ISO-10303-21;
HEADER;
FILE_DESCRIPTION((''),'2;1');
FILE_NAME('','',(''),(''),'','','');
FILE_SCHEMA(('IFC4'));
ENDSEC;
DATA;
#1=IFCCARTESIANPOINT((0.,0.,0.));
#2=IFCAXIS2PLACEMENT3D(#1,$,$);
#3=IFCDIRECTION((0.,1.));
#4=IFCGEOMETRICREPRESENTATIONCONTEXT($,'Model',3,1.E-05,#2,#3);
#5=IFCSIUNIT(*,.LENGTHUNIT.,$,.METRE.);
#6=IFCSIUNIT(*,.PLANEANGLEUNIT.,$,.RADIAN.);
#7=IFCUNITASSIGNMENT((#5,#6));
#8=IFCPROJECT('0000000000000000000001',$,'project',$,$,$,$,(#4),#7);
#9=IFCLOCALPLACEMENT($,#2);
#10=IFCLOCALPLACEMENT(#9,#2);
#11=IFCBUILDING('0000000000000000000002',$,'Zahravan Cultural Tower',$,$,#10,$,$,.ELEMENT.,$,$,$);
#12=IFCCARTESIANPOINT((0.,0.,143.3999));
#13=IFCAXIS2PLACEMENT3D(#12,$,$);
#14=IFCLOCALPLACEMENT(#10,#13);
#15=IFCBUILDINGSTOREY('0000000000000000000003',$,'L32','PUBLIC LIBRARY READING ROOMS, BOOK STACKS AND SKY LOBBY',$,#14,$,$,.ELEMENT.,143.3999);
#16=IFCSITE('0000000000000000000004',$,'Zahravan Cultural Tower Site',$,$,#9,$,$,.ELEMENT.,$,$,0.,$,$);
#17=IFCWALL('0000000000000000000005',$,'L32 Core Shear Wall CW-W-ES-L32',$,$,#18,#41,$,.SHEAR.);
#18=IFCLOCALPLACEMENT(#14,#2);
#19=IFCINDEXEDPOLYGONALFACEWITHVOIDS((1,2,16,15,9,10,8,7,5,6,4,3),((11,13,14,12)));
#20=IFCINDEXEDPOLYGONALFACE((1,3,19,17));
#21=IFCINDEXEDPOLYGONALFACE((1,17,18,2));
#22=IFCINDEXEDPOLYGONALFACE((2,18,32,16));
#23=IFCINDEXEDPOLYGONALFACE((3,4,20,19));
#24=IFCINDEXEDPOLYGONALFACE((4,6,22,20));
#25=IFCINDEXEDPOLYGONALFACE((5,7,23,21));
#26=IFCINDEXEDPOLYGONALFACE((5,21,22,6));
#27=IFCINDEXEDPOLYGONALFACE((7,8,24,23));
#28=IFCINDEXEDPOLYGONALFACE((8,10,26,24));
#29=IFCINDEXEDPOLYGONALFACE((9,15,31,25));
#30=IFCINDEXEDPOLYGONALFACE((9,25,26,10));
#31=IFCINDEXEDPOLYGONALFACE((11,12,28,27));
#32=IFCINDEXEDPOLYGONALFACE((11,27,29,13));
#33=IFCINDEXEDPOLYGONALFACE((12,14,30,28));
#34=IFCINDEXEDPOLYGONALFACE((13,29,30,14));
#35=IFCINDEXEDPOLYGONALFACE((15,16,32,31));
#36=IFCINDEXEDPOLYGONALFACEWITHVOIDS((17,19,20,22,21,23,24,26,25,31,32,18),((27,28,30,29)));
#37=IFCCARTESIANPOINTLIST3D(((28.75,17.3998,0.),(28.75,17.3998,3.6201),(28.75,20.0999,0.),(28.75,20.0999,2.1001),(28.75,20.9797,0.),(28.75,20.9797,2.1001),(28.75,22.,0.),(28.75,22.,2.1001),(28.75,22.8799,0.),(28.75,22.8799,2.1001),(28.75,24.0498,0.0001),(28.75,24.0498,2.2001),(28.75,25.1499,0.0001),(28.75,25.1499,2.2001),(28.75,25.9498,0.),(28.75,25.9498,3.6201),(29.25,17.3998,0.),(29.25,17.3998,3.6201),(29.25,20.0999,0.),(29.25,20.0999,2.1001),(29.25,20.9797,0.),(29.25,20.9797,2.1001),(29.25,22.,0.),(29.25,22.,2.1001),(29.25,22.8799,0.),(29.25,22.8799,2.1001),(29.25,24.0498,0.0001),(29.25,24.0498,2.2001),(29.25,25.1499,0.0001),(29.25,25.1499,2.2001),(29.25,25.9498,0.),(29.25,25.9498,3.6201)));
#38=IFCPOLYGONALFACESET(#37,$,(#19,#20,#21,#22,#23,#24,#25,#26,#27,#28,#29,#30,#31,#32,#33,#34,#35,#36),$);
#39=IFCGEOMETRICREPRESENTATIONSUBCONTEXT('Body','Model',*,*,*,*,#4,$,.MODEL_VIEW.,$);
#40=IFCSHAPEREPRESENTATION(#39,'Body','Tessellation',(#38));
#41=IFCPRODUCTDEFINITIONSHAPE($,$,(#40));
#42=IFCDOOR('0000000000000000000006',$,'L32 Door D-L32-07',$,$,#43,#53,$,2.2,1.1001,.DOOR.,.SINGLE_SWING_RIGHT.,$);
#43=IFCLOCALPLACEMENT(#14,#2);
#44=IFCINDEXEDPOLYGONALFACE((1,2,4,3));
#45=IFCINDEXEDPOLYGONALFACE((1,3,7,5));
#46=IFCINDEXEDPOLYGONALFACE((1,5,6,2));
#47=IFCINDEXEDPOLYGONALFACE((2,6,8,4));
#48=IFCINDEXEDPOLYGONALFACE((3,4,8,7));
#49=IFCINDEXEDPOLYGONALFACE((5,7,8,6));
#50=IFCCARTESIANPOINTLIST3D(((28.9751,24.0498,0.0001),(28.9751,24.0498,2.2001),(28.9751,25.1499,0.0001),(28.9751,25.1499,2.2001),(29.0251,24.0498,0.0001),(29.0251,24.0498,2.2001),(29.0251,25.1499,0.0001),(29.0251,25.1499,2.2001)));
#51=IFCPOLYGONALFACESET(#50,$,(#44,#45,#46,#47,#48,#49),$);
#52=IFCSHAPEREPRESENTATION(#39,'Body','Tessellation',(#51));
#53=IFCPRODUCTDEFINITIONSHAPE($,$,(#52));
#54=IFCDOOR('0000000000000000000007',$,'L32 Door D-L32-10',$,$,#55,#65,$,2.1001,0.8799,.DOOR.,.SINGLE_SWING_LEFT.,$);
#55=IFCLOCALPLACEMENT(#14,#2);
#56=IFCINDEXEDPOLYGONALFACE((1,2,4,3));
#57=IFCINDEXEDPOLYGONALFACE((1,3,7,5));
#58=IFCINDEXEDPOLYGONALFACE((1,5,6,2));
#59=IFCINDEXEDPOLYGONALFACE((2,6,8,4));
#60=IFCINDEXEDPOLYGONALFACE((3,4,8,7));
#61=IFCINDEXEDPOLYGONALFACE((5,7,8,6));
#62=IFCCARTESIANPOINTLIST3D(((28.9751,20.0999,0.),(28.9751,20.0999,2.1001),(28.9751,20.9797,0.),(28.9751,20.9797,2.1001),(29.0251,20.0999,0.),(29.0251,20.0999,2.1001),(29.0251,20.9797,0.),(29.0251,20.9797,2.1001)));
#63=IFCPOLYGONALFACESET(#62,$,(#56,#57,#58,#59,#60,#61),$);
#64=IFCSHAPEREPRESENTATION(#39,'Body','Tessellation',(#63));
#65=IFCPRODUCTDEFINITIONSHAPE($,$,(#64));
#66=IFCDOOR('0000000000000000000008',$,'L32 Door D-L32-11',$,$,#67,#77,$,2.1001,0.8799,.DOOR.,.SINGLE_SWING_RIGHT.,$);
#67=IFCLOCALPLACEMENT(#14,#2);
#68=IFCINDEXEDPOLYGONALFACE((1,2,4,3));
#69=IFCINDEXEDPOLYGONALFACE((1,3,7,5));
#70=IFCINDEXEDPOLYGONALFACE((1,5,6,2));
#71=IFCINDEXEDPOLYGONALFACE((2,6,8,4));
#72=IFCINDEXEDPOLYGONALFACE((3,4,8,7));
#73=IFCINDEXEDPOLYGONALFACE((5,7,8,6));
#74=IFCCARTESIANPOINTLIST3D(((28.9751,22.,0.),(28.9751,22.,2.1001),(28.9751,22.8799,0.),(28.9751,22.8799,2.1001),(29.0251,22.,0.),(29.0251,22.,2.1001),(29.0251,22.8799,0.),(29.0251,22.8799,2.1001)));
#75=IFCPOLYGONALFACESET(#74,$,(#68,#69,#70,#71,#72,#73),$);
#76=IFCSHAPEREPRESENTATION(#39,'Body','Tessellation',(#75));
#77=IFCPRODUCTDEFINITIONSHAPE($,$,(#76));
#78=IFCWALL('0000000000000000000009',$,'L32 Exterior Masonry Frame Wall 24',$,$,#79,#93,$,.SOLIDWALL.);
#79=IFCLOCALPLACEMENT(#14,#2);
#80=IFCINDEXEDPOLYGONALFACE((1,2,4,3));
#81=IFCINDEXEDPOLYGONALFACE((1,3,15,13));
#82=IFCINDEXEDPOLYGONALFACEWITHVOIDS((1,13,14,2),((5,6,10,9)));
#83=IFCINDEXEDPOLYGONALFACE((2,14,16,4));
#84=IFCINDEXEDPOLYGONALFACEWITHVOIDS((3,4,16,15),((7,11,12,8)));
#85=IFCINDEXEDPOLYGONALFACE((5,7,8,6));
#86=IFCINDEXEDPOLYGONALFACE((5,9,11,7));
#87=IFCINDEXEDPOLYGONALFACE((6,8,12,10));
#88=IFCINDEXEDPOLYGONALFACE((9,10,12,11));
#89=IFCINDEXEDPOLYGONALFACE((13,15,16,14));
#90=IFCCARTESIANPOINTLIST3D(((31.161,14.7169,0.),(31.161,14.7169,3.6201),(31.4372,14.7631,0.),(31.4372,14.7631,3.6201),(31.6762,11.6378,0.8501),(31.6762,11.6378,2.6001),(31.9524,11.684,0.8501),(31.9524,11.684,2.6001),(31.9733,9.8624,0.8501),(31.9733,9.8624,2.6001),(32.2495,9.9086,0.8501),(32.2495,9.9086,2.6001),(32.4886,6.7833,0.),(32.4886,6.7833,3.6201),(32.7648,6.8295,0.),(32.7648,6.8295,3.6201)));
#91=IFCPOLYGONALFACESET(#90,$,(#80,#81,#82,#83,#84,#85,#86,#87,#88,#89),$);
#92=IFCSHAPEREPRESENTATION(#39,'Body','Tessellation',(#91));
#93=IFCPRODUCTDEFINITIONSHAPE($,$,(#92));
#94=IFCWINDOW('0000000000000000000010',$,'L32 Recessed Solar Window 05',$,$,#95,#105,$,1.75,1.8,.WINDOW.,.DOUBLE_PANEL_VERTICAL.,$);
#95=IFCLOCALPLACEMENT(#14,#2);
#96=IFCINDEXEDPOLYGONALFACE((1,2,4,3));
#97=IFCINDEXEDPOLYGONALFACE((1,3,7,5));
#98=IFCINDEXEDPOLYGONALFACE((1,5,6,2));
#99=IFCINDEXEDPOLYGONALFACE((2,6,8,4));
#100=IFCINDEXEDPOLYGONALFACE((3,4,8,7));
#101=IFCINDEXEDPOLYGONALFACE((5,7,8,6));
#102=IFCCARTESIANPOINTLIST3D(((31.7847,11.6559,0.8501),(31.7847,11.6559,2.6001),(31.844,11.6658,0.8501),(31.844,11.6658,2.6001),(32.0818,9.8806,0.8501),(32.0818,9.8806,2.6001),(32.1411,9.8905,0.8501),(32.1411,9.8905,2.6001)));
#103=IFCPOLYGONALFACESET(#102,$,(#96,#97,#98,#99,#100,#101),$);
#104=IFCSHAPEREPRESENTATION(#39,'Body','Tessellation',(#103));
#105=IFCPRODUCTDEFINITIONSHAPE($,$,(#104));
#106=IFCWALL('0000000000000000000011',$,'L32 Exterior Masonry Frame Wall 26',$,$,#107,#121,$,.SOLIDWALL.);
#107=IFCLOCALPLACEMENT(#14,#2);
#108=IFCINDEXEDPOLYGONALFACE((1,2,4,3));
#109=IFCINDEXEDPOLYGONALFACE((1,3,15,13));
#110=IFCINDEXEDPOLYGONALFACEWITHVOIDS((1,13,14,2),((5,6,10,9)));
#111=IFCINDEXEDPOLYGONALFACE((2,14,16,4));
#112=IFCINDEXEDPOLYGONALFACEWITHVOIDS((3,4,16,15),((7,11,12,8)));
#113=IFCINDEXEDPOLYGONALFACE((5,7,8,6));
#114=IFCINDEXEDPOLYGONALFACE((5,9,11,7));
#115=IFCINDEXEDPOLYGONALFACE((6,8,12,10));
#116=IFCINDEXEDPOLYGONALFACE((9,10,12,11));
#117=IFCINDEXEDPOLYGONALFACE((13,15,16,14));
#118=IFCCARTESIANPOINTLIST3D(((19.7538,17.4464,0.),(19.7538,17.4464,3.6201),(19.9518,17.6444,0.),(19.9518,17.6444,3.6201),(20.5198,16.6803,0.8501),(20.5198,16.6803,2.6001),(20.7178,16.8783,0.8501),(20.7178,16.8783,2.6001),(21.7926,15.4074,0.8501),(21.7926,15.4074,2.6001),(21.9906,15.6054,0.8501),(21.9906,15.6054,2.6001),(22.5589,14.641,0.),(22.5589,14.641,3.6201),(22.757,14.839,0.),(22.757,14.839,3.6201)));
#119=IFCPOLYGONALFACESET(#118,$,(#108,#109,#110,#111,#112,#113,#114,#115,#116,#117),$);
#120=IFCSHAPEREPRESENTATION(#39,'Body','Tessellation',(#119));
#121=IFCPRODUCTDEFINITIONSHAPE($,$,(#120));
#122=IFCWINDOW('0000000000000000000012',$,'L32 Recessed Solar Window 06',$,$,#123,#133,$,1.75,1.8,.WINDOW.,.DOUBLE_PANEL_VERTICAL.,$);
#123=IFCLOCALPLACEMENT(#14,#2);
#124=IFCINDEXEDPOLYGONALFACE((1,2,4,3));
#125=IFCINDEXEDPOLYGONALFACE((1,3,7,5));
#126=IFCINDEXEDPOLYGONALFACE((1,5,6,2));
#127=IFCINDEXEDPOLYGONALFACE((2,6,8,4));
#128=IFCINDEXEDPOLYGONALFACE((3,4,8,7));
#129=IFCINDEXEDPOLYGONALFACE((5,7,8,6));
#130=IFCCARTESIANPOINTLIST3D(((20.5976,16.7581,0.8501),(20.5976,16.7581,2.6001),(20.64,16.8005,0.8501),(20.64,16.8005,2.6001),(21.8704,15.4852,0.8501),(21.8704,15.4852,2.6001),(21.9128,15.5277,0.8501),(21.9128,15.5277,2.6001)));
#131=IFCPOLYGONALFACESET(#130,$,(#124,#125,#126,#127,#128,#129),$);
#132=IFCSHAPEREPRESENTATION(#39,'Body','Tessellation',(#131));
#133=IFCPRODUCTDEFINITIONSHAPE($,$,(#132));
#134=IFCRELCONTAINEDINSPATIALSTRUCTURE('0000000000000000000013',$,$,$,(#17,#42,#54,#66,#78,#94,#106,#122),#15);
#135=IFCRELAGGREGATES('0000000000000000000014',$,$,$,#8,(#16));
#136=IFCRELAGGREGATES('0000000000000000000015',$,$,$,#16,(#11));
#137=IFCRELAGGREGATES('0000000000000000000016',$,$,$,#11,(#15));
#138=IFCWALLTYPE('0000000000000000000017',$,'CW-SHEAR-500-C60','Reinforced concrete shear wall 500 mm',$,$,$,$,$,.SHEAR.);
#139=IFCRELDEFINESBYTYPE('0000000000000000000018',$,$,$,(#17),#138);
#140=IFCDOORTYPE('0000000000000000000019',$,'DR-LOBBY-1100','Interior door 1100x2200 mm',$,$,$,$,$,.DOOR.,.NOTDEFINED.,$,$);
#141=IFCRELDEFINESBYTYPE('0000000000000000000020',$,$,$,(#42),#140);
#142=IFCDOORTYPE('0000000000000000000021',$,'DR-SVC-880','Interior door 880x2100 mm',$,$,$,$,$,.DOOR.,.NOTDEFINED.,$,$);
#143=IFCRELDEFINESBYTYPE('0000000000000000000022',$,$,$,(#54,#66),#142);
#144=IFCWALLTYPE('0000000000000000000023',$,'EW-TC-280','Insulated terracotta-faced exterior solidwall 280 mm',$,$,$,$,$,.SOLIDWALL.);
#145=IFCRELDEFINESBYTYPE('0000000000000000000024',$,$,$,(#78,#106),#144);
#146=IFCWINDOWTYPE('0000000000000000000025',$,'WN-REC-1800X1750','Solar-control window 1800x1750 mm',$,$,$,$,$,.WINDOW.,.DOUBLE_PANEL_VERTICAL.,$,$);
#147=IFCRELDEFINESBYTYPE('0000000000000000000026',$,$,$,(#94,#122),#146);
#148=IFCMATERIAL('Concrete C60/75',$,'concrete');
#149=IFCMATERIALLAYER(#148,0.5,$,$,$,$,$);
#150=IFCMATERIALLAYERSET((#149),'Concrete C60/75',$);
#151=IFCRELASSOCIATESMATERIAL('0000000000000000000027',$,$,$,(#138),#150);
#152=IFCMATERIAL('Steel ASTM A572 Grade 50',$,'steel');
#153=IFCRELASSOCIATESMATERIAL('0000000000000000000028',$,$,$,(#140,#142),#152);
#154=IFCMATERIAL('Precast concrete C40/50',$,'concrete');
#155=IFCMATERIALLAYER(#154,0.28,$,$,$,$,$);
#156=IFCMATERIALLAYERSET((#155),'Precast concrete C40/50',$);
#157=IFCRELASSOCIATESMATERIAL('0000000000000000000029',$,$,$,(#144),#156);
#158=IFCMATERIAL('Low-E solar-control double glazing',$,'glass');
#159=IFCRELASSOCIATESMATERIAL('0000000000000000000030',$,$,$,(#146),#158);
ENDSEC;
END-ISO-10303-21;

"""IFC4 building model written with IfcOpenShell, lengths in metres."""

from ifc_helpers import new_model, si_unit, direction, frame, frame_2d, origin, place, context, subcontext, project, spatial, rectangle, extrude, source, transform, mapped, material, layer, layer_set, type_object, element, fill, save


model = new_model("IFC4")

# Units and contexts
model_context = context("Model", 3, precision=1e-05, world=origin(), true_north=direction((0.0, 1.0)))
body_context = subcontext(model_context, "Body", "Model", "MODEL_VIEW")
ifc_project = project(units=[si_unit("LENGTHUNIT", "METRE"), si_unit("PLANEANGLEUNIT", "RADIAN")], contexts=[model_context])

# Site, building, storey
site_placement = place(None, origin())
site = spatial("IfcSite", under=ifc_project, at=site_placement, Name="Zahravan Cultural Tower Site", CompositionType="ELEMENT", RefElevation=0.0)
building_placement = place(site_placement, origin())
building = spatial("IfcBuilding", under=site, at=building_placement, Name="Zahravan Cultural Tower", CompositionType="ELEMENT")
storey_placement = place(building_placement, frame((0.0, 0.0, 143.3999)))
storey = spatial("IfcBuildingStorey", under=building, at=storey_placement, Name="L32", Description="PUBLIC LIBRARY READING ROOMS, BOOK STACKS AND SKY LOBBY", CompositionType="ELEMENT", Elevation=143.3999)

# Wall, openings, doors
ifc_material_1 = material(Name="Concrete C60/75", Category="concrete")
ifc_layer_1 = layer(ifc_material_1, 0.5)
ifc_layer_set_1 = layer_set([ifc_layer_1], Name="Concrete C60/75")
wall_type_1 = type_object("IfcWallType", Name="CW-SHEAR-500-C60", Description="Reinforced concrete shear wall 500 mm", PredefinedType="SHEAR", material=ifc_layer_set_1)
wall_1_placement = place(storey_placement, frame((29.0, 17.3999, 0.0), z_axis=(0.0, 0.0, 1.0), x_axis=(0.0, 1.0, 0.0)))
wall_1 = element("IfcWall", 1, at=wall_1_placement, inside=storey, type_object=wall_type_1, Name="L32 Core Shear Wall CW-W-ES-L32", PredefinedType="SHEAR", context=body_context, shape_type="SweptSolid", body=[
    extrude(rectangle(XDim=8.55, YDim=0.5, at=frame_2d((4.2749, 0.0))), origin(), (0.0, 0.0, 1.0), 3.6201),
])
opening_1_placement = place(wall_1_placement, frame((6.6499, 0.0, 0.0)))
opening_1 = element("IfcOpeningElement", 2, at=opening_1_placement, cuts=wall_1, PredefinedType="OPENING", context=body_context, shape_type="SweptSolid", body=[
    extrude(rectangle(XDim=1.1001, YDim=2.2, at=frame_2d((0.55, 1.1001))), frame((0.0, 0.26, 0.0), z_axis=(0.0, -1.0, 0.0), x_axis=(1.0, 0.0, 0.0)), (0.0, 0.0, 1.0), 0.52),
])
opening_2_placement = place(wall_1_placement, frame((2.7, 0.0, 0.0)))
opening_2 = element("IfcOpeningElement", 3, at=opening_2_placement, cuts=wall_1, PredefinedType="OPENING", context=body_context, shape_type="SweptSolid", body=[
    extrude(rectangle(XDim=0.8799, YDim=2.1001, at=frame_2d((0.4399, 1.05))), frame((0.0, 0.26, 0.0), z_axis=(0.0, -1.0, 0.0), x_axis=(1.0, 0.0, 0.0)), (0.0, 0.0, 1.0), 0.52),
])
opening_3_placement = place(wall_1_placement, frame((4.6001, 0.0, 0.0)))
opening_3 = element("IfcOpeningElement", 4, at=opening_3_placement, cuts=wall_1, PredefinedType="OPENING", context=body_context, shape_type="SweptSolid", body=[
    extrude(rectangle(XDim=0.8799, YDim=2.1001, at=frame_2d((0.4399, 1.05))), frame((0.0, 0.26, 0.0), z_axis=(0.0, -1.0, 0.0), x_axis=(1.0, 0.0, 0.0)), (0.0, 0.0, 1.0), 0.52),
])
ifc_material_2 = material(Name="Steel ASTM A572 Grade 50", Category="steel")
door_type_1 = type_object("IfcDoorType", Name="DR-LOBBY-1100", Description="Interior door 1100x2200 mm", OperationType="NOTDEFINED", PredefinedType="DOOR", material=ifc_material_2)
shared_shape_1 = source(origin(), body_context, "Body", "SweptSolid", [
    extrude(rectangle(XDim=1.1001, YDim=2.2, at=frame_2d((0.55, 1.1001))), frame((0.0, 0.0249, 0.0), z_axis=(0.0, -1.0, 0.0), x_axis=(1.0, 0.0, 0.0)), (0.0, 0.0, 1.0), 0.05),
])
door_1_placement = place(opening_1_placement, origin())
door_1 = element("IfcDoor", 5, at=door_1_placement, inside=storey, type_object=door_type_1, Name="L32 Door D-L32-07", OperationType="SINGLE_SWING_RIGHT", OverallHeight=2.2, OverallWidth=1.1001, PredefinedType="DOOR", context=body_context, shape_type="MappedRepresentation", body=[
    mapped(shared_shape_1, transform((0.0, 0.0, 0.0), x_axis=(1.0, 0.0, 0.0), y_axis=(0.0, 1.0, 0.0), z_axis=(0.0, 0.0, 1.0), scale=1.0)),
])
fill(opening_1, door_1)
door_type_2 = type_object("IfcDoorType", Name="DR-SVC-880", Description="Interior door 880x2100 mm", OperationType="NOTDEFINED", PredefinedType="DOOR", material=ifc_material_2)
shared_shape_2 = source(origin(), body_context, "Body", "SweptSolid", [
    extrude(rectangle(XDim=0.8799, YDim=2.1001, at=frame_2d((0.4399, 1.05))), frame((0.0, 0.0249, 0.0), z_axis=(0.0, -1.0, 0.0), x_axis=(1.0, 0.0, 0.0)), (0.0, 0.0, 1.0), 0.05),
])
door_2_placement = place(opening_2_placement, origin())
door_2 = element("IfcDoor", 6, at=door_2_placement, inside=storey, type_object=door_type_2, Name="L32 Door D-L32-10", OperationType="SINGLE_SWING_LEFT", OverallHeight=2.1001, OverallWidth=0.8799, PredefinedType="DOOR", context=body_context, shape_type="MappedRepresentation", body=[
    mapped(shared_shape_2, transform((0.0, 0.0, 0.0), x_axis=(1.0, 0.0, 0.0), y_axis=(0.0, 1.0, 0.0), z_axis=(0.0, 0.0, 1.0), scale=1.0)),
])
fill(opening_2, door_2)
door_3_placement = place(opening_3_placement, origin())
door_3 = element("IfcDoor", 7, at=door_3_placement, inside=storey, type_object=door_type_2, Name="L32 Door D-L32-11", OperationType="SINGLE_SWING_RIGHT", OverallHeight=2.1001, OverallWidth=0.8799, PredefinedType="DOOR", context=body_context, shape_type="MappedRepresentation", body=[
    mapped(shared_shape_2, transform((0.0, 0.0, 0.0), x_axis=(1.0, 0.0, 0.0), y_axis=(0.0, 1.0, 0.0), z_axis=(0.0, 0.0, 1.0), scale=1.0)),
])
fill(opening_3, door_3)

# Walls, openings, windows
ifc_material_3 = material(Name="Precast concrete C40/50", Category="concrete")
ifc_layer_2 = layer(ifc_material_3, 0.28)
ifc_layer_set_2 = layer_set([ifc_layer_2], Name="Precast concrete C40/50")
wall_type_2 = type_object("IfcWallType", Name="EW-TC-280", Description="Insulated terracotta-faced exterior solidwall 280 mm", PredefinedType="SOLIDWALL", material=ifc_layer_set_2)
wall_2_placement = place(storey_placement, frame((32.6267, 6.8064, 0.0), z_axis=(0.0, 0.0, 1.0), x_axis=(-0.165049, 0.986285, 0.0)))
wall_2 = element("IfcWall", 8, at=wall_2_placement, inside=storey, type_object=wall_type_2, Name="L32 Exterior Masonry Frame Wall 24", PredefinedType="SOLIDWALL", context=body_context, shape_type="SweptSolid", body=[
    extrude(rectangle(XDim=8.0439, YDim=0.28, at=frame_2d((4.022, 0.0))), origin(), (0.0, 0.0, 1.0), 3.6201),
])
opening_4_placement = place(wall_2_placement, frame((3.1221, 0.0, 0.8501)))
opening_4 = element("IfcOpeningElement", 9, at=opening_4_placement, cuts=wall_2, PredefinedType="OPENING", context=body_context, shape_type="SweptSolid", body=[
    extrude(rectangle(XDim=1.8, YDim=1.75, at=frame_2d((0.8999, 0.875))), frame((0.0, 0.1499, 0.0), z_axis=(0.0, -1.0, 0.0), x_axis=(1.0, 0.0, 0.0)), (0.0, 0.0, 1.0), 0.3),
])
ifc_material_4 = material(Name="Low-E solar-control double glazing", Category="glass")
window_type = type_object("IfcWindowType", Name="WN-REC-1800X1750", Description="Solar-control window 1800x1750 mm", PartitioningType="DOUBLE_PANEL_VERTICAL", PredefinedType="WINDOW", material=ifc_material_4)
shared_shape_3 = source(origin(), body_context, "Body", "SweptSolid", [
    extrude(rectangle(XDim=1.8, YDim=1.75, at=frame_2d((0.8999, 0.875))), frame((0.0, 0.03, 0.0), z_axis=(0.0, -1.0, 0.0), x_axis=(1.0, 0.0, 0.0)), (0.0, 0.0, 1.0), 0.0601),
])
window_1_placement = place(opening_4_placement, origin())
window_1 = element("IfcWindow", 10, at=window_1_placement, inside=storey, type_object=window_type, Name="L32 Recessed Solar Window 05", OverallHeight=1.75, OverallWidth=1.8, PartitioningType="DOUBLE_PANEL_VERTICAL", PredefinedType="WINDOW", context=body_context, shape_type="MappedRepresentation", body=[
    mapped(shared_shape_3, transform((0.0, 0.0, 0.0), x_axis=(1.0, 0.0, 0.0), y_axis=(0.0, 1.0, 0.0), z_axis=(0.0, 0.0, 1.0), scale=1.0)),
])
fill(opening_4, window_1)
wall_3_placement = place(storey_placement, frame((22.658, 14.74, 0.0), z_axis=(0.0, 0.0, 1.0), x_axis=(-0.707076, 0.707138, 0.0)))
wall_3 = element("IfcWall", 11, at=wall_3_placement, inside=storey, type_object=wall_type_2, Name="L32 Exterior Masonry Frame Wall 26", PredefinedType="SOLIDWALL", context=body_context, shape_type="SweptSolid", body=[
    extrude(rectangle(XDim=3.9673, YDim=0.28, at=frame_2d((1.9836, 0.0))), origin(), (0.0, 0.0, 1.0), 3.6201),
])
opening_5_placement = place(wall_3_placement, frame((1.084, 0.0, 0.8501)))
opening_5 = element("IfcOpeningElement", 12, at=opening_5_placement, cuts=wall_3, PredefinedType="OPENING", context=body_context, shape_type="SweptSolid", body=[
    extrude(rectangle(XDim=1.8, YDim=1.75, at=frame_2d((0.8999, 0.875))), frame((0.0, 0.1499, 0.0), z_axis=(0.0, -1.0, 0.0), x_axis=(1.0, 0.0, 0.0)), (0.0, 0.0, 1.0), 0.3),
])
window_2_placement = place(opening_5_placement, origin())
window_2 = element("IfcWindow", 13, at=window_2_placement, inside=storey, type_object=window_type, Name="L32 Recessed Solar Window 06", OverallHeight=1.75, OverallWidth=1.8, PartitioningType="DOUBLE_PANEL_VERTICAL", PredefinedType="WINDOW", context=body_context, shape_type="MappedRepresentation", body=[
    mapped(shared_shape_3, transform((0.0, 0.0, 0.0), x_axis=(1.0, 0.0, 0.0), y_axis=(0.0, 1.0, 0.0), z_axis=(0.0, 0.0, 1.0), scale=1.0)),
])
fill(opening_5, window_2)

save(model, "model.ifc")
